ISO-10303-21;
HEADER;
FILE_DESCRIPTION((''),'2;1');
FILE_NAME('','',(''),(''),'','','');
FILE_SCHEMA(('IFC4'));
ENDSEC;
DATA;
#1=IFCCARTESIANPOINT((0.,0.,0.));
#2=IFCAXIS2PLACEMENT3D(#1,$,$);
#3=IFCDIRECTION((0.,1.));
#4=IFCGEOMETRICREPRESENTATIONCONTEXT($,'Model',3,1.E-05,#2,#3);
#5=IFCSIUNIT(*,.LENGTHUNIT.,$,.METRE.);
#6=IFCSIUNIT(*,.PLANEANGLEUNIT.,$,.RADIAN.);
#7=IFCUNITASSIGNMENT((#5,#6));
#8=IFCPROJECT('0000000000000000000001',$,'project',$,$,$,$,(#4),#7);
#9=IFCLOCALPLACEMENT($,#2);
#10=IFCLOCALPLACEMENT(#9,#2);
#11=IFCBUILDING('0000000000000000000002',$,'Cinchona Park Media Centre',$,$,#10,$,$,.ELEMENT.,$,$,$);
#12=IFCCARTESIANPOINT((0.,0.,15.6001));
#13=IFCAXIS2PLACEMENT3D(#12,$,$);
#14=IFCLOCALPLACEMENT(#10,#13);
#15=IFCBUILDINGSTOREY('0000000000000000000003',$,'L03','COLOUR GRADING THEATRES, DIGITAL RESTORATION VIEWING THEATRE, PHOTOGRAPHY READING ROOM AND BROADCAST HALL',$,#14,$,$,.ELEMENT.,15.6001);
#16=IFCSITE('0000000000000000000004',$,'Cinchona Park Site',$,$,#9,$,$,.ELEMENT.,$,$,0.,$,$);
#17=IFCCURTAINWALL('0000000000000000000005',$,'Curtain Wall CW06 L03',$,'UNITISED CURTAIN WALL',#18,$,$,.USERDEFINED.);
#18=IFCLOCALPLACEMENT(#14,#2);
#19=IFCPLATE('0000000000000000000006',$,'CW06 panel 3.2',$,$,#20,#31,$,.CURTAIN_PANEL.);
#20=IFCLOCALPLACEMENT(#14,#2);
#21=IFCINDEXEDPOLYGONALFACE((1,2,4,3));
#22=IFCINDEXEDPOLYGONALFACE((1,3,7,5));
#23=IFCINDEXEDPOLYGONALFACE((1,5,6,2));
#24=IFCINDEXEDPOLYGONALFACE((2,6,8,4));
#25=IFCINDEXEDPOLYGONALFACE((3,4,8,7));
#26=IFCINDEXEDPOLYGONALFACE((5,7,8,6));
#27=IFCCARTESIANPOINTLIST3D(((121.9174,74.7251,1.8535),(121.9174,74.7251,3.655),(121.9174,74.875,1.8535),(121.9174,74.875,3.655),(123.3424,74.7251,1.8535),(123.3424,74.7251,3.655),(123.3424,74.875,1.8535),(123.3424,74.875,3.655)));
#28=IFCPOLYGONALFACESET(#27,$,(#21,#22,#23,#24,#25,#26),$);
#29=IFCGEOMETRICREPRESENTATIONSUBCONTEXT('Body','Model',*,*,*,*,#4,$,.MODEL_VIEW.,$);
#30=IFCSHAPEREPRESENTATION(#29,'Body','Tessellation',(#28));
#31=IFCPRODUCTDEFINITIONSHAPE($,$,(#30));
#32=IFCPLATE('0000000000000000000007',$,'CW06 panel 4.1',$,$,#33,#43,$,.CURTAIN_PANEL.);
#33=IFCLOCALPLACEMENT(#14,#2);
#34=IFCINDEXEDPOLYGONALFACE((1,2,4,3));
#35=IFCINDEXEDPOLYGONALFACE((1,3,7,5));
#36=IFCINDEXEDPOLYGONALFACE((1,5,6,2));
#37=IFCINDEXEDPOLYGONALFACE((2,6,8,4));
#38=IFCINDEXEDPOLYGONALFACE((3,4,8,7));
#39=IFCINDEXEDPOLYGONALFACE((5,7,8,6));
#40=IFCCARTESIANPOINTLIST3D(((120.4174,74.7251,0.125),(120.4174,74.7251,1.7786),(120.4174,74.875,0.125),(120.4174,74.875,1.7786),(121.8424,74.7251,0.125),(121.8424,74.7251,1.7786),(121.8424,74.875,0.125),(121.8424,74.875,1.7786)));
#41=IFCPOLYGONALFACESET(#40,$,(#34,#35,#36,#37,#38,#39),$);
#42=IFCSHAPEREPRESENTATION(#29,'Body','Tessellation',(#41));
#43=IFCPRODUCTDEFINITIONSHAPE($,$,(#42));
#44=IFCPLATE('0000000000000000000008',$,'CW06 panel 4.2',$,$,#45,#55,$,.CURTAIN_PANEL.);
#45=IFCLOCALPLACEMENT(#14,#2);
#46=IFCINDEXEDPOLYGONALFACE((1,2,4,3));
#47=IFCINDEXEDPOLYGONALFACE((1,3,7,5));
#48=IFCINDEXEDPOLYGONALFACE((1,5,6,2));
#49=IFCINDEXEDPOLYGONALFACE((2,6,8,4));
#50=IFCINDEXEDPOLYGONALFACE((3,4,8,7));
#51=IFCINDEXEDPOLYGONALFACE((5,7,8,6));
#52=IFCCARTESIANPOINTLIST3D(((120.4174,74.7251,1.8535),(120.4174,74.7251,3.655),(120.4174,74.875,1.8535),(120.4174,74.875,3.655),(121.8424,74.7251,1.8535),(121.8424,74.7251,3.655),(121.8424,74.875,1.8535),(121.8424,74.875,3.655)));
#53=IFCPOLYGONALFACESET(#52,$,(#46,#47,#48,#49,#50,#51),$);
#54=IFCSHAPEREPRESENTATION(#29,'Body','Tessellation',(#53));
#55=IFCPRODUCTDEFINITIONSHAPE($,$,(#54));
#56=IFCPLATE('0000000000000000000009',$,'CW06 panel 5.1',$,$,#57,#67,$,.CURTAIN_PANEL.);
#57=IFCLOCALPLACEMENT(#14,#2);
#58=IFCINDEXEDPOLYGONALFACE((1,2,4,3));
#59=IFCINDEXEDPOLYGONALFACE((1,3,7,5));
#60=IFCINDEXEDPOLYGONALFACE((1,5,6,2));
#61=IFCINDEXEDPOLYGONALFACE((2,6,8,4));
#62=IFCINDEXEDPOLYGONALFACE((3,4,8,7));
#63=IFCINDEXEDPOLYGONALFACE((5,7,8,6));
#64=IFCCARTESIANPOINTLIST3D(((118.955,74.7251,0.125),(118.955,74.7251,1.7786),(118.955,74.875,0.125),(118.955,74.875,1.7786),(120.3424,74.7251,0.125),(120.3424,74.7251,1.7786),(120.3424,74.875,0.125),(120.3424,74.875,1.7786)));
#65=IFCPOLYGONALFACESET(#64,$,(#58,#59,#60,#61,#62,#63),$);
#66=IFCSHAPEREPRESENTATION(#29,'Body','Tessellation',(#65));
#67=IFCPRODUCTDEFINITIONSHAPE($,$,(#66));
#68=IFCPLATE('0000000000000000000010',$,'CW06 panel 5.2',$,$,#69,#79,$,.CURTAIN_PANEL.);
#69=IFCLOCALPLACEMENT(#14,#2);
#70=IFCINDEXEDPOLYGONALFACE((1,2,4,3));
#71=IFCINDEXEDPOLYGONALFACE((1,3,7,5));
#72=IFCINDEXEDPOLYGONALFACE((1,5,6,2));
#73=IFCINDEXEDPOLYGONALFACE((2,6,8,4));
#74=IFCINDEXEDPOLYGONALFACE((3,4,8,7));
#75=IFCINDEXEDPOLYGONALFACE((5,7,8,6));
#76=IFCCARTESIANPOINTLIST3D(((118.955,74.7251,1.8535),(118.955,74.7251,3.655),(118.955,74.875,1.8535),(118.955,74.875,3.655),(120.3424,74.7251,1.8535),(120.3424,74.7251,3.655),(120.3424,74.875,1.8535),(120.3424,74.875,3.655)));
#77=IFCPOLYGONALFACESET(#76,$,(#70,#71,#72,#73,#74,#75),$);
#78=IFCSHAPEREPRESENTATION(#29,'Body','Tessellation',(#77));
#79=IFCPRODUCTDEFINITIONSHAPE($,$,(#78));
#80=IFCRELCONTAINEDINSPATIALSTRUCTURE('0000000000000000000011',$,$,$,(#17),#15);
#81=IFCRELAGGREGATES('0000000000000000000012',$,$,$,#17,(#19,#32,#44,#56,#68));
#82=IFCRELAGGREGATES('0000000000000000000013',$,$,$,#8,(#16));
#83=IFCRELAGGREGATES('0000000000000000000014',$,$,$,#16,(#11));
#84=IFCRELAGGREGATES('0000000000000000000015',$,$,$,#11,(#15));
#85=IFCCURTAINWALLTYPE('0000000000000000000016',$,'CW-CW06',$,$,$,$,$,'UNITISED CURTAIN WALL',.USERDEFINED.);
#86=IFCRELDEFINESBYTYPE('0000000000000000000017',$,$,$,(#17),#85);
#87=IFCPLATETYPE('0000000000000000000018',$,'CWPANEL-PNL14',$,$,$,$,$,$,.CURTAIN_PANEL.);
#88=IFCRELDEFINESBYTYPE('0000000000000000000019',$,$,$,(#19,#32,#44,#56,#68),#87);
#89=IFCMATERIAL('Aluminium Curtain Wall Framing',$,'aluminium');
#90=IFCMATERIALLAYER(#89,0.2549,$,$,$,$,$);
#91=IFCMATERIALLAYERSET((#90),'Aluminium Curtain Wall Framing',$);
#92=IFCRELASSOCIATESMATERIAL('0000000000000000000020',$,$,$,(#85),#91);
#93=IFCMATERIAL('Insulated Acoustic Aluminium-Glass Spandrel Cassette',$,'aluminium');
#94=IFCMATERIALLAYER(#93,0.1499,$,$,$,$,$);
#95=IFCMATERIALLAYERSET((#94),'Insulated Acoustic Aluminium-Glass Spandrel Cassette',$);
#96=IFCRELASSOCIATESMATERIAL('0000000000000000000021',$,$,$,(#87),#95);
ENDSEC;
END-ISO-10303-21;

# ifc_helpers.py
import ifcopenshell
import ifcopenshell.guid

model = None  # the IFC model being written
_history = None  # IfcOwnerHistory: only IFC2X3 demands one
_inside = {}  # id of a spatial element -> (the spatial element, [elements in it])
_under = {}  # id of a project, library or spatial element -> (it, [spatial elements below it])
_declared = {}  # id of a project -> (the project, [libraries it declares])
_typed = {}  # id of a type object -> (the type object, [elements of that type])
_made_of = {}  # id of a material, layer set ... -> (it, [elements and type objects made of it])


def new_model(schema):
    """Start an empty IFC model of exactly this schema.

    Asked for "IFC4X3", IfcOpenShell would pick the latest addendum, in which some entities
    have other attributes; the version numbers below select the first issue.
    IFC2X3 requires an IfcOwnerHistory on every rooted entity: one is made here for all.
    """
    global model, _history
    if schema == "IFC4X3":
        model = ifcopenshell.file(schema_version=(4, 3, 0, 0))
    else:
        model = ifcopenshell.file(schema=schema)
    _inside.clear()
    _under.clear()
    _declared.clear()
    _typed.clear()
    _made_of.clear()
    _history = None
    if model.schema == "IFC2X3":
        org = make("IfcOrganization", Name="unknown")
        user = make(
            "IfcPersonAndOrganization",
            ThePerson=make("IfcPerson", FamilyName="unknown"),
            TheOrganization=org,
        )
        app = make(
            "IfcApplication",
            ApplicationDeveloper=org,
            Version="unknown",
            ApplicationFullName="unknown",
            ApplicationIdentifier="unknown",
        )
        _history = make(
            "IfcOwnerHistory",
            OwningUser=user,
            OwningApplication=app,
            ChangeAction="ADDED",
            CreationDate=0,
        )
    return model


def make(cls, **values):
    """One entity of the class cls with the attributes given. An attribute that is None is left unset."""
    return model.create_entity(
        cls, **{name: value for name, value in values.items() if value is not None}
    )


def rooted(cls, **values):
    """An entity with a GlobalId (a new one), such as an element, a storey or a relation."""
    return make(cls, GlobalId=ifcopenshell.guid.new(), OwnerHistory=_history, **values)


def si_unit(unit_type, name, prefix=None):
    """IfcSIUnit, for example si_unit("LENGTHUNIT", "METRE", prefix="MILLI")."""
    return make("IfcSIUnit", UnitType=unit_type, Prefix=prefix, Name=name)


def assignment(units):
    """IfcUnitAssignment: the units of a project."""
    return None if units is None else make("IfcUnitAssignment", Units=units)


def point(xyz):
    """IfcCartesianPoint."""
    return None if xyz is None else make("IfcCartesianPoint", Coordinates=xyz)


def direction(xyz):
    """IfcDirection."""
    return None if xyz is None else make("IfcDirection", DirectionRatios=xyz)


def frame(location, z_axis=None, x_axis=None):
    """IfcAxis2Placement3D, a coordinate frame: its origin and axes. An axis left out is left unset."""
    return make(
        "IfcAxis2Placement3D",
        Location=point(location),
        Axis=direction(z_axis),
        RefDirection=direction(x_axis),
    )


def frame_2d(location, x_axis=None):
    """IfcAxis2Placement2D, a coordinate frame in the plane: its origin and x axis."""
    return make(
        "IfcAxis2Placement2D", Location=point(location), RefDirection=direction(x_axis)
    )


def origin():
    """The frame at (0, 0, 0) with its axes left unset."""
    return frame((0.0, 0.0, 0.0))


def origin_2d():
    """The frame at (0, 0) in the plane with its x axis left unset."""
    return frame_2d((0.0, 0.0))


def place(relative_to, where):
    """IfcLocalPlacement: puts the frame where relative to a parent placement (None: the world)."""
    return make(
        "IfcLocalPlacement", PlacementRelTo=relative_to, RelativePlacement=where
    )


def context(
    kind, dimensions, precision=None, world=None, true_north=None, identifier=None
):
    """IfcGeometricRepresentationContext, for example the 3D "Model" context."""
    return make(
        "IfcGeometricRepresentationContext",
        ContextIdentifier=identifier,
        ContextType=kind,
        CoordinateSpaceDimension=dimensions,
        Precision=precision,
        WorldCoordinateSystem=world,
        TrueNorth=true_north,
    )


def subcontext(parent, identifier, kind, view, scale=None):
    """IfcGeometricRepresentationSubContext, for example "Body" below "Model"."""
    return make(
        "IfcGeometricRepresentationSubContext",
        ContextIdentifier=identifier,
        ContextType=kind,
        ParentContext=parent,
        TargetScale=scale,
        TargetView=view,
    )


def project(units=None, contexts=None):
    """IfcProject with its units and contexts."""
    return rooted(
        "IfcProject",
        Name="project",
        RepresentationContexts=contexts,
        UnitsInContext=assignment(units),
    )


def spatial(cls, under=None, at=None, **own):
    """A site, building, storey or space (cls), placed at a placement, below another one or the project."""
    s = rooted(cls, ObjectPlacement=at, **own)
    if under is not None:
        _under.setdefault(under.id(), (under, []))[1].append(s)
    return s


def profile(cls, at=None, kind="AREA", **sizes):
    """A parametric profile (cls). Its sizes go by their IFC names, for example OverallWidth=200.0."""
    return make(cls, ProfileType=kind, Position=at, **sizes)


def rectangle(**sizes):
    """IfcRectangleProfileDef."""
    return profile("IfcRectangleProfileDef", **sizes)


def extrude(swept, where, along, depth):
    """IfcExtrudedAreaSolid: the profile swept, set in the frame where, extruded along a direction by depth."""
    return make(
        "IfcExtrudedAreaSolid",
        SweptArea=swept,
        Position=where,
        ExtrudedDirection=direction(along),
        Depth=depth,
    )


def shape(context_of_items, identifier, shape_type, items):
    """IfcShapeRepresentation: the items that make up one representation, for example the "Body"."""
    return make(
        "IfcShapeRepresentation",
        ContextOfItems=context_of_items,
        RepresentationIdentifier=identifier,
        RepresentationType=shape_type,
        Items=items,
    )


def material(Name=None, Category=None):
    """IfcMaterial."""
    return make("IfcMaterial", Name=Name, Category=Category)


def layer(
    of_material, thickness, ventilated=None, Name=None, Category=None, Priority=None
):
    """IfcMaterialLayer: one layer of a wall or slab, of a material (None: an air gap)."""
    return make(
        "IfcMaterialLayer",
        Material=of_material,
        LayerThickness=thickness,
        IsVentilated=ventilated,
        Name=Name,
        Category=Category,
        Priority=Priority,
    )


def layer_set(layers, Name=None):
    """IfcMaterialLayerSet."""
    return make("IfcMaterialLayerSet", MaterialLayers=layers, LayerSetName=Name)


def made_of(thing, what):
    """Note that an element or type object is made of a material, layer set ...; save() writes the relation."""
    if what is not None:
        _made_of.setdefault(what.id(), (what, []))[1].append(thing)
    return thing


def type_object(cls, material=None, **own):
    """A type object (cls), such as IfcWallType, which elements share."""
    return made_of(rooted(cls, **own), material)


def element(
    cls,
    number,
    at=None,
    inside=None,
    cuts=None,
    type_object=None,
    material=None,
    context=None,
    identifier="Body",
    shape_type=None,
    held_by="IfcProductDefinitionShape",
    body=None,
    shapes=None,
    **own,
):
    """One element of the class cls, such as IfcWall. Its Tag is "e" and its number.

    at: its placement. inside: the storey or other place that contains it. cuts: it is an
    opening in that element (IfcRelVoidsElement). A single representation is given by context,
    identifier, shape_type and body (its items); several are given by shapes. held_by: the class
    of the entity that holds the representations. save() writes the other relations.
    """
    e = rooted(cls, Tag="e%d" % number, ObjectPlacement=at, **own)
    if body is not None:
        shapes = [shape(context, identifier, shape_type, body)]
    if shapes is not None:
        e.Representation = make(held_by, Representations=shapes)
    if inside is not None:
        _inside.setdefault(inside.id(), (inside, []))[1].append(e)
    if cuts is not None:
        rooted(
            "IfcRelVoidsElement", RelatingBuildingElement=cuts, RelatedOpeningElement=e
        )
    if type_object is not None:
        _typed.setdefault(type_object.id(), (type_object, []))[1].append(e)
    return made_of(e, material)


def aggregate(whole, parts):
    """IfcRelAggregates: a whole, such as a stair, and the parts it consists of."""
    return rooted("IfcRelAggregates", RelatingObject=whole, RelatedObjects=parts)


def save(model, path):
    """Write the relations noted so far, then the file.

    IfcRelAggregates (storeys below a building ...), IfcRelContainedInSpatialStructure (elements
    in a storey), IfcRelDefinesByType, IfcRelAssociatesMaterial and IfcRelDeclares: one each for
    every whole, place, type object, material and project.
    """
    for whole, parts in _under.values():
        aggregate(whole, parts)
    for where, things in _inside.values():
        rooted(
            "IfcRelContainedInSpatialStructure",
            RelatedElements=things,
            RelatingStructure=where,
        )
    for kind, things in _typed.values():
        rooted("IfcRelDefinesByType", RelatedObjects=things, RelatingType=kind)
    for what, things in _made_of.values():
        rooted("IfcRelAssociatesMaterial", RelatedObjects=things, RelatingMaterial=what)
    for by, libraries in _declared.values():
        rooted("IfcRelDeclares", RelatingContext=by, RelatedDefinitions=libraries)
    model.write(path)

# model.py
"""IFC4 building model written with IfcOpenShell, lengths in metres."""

from ifc_helpers import new_model, si_unit, direction, frame, origin, origin_2d, place, context, subcontext, project, spatial, rectangle, extrude, material, layer, layer_set, type_object, element, aggregate, save


model = new_model("IFC4")

# Units and contexts
model_context = context("Model", 3, precision=1e-05, world=origin(), true_north=direction((0.0, 1.0)))
body_context = subcontext(model_context, "Body", "Model", "MODEL_VIEW")
ifc_project = project(units=[si_unit("LENGTHUNIT", "METRE"), si_unit("PLANEANGLEUNIT", "RADIAN")], contexts=[model_context])

# Site, building, storey
site_placement = place(None, origin())
site = spatial("IfcSite", under=ifc_project, at=site_placement, Name="Cinchona Park Site", CompositionType="ELEMENT", RefElevation=0.0)
building_placement = place(site_placement, origin())
building = spatial("IfcBuilding", under=site, at=building_placement, Name="Cinchona Park Media Centre", CompositionType="ELEMENT")
storey_placement = place(building_placement, frame((0.0, 0.0, 15.6001)))
storey = spatial("IfcBuildingStorey", under=building, at=storey_placement, Name="L03", Description="COLOUR GRADING THEATRES, DIGITAL RESTORATION VIEWING THEATRE, PHOTOGRAPHY READING ROOM AND BROADCAST HALL", CompositionType="ELEMENT", Elevation=15.6001)

# Curtain wall
ifc_material_1 = material(Name="Aluminium Curtain Wall Framing", Category="aluminium")
ifc_layer_1 = layer(ifc_material_1, 0.2549)
ifc_layer_set_1 = layer_set([ifc_layer_1], Name="Aluminium Curtain Wall Framing")
curtain_wall_type_1 = type_object("IfcCurtainWallType", Name="CW-CW06", ElementType="UNITISED CURTAIN WALL", PredefinedType="USERDEFINED", material=ifc_layer_set_1)
curtain_wall_1_placement = place(storey_placement, origin())
curtain_wall_1 = element("IfcCurtainWall", 1, at=curtain_wall_1_placement, inside=storey, type_object=curtain_wall_type_1, Name="Curtain Wall CW06 L03", ObjectType="UNITISED CURTAIN WALL", PredefinedType="USERDEFINED")

# Plates
ifc_material_2 = material(Name="Insulated Acoustic Aluminium-Glass Spandrel Cassette", Category="aluminium")
ifc_layer_2 = layer(ifc_material_2, 0.1499)
ifc_layer_set_2 = layer_set([ifc_layer_2], Name="Insulated Acoustic Aluminium-Glass Spandrel Cassette")
plate_type = type_object("IfcPlateType", Name="CWPANEL-PNL14", PredefinedType="CURTAIN_PANEL", material=ifc_layer_set_2)
plate_1_placement = place(storey_placement, frame((122.6299, 74.8, 1.8535), z_axis=(0.0, 0.0, 1.0), x_axis=(-1.0, 0.0, 0.0)))
plate_1 = element("IfcPlate", 2, at=plate_1_placement, type_object=plate_type, Name="CW06 panel 3.2", PredefinedType="CURTAIN_PANEL", context=body_context, shape_type="SweptSolid", body=[
    extrude(rectangle(XDim=1.425, YDim=0.1499, at=origin_2d()), origin(), (0.0, 0.0, 1.0), 1.8015),
])
plate_2_placement = place(storey_placement, frame((121.1299, 74.8, 0.125), z_axis=(0.0, 0.0, 1.0), x_axis=(-1.0, 0.0, 0.0)))
plate_2 = element("IfcPlate", 3, at=plate_2_placement, type_object=plate_type, Name="CW06 panel 4.1", PredefinedType="CURTAIN_PANEL", context=body_context, shape_type="SweptSolid", body=[
    extrude(rectangle(XDim=1.425, YDim=0.1499, at=origin_2d()), origin(), (0.0, 0.0, 1.0), 1.6536),
])
plate_3_placement = place(storey_placement, frame((121.1299, 74.8, 1.8535), z_axis=(0.0, 0.0, 1.0), x_axis=(-1.0, 0.0, 0.0)))
plate_3 = element("IfcPlate", 4, at=plate_3_placement, type_object=plate_type, Name="CW06 panel 4.2", PredefinedType="CURTAIN_PANEL", context=body_context, shape_type="SweptSolid", body=[
    extrude(rectangle(XDim=1.425, YDim=0.1499, at=origin_2d()), origin(), (0.0, 0.0, 1.0), 1.8015),
])
plate_4_placement = place(storey_placement, frame((119.6487, 74.8, 0.125), z_axis=(0.0, 0.0, 1.0), x_axis=(-1.0, 0.0, 0.0)))
plate_4 = element("IfcPlate", 5, at=plate_4_placement, type_object=plate_type, Name="CW06 panel 5.1", PredefinedType="CURTAIN_PANEL", context=body_context, shape_type="SweptSolid", body=[
    extrude(rectangle(XDim=1.3875, YDim=0.1499, at=origin_2d()), origin(), (0.0, 0.0, 1.0), 1.6536),
])
plate_5_placement = place(storey_placement, frame((119.6487, 74.8, 1.8535), z_axis=(0.0, 0.0, 1.0), x_axis=(-1.0, 0.0, 0.0)))
plate_5 = element("IfcPlate", 6, at=plate_5_placement, type_object=plate_type, Name="CW06 panel 5.2", PredefinedType="CURTAIN_PANEL", context=body_context, shape_type="SweptSolid", body=[
    extrude(rectangle(XDim=1.3875, YDim=0.1499, at=origin_2d()), origin(), (0.0, 0.0, 1.0), 1.8015),
])
aggregate(curtain_wall_1, [plate_1, plate_2, plate_3, plate_4, plate_5])

save(model, "model.ifc")
